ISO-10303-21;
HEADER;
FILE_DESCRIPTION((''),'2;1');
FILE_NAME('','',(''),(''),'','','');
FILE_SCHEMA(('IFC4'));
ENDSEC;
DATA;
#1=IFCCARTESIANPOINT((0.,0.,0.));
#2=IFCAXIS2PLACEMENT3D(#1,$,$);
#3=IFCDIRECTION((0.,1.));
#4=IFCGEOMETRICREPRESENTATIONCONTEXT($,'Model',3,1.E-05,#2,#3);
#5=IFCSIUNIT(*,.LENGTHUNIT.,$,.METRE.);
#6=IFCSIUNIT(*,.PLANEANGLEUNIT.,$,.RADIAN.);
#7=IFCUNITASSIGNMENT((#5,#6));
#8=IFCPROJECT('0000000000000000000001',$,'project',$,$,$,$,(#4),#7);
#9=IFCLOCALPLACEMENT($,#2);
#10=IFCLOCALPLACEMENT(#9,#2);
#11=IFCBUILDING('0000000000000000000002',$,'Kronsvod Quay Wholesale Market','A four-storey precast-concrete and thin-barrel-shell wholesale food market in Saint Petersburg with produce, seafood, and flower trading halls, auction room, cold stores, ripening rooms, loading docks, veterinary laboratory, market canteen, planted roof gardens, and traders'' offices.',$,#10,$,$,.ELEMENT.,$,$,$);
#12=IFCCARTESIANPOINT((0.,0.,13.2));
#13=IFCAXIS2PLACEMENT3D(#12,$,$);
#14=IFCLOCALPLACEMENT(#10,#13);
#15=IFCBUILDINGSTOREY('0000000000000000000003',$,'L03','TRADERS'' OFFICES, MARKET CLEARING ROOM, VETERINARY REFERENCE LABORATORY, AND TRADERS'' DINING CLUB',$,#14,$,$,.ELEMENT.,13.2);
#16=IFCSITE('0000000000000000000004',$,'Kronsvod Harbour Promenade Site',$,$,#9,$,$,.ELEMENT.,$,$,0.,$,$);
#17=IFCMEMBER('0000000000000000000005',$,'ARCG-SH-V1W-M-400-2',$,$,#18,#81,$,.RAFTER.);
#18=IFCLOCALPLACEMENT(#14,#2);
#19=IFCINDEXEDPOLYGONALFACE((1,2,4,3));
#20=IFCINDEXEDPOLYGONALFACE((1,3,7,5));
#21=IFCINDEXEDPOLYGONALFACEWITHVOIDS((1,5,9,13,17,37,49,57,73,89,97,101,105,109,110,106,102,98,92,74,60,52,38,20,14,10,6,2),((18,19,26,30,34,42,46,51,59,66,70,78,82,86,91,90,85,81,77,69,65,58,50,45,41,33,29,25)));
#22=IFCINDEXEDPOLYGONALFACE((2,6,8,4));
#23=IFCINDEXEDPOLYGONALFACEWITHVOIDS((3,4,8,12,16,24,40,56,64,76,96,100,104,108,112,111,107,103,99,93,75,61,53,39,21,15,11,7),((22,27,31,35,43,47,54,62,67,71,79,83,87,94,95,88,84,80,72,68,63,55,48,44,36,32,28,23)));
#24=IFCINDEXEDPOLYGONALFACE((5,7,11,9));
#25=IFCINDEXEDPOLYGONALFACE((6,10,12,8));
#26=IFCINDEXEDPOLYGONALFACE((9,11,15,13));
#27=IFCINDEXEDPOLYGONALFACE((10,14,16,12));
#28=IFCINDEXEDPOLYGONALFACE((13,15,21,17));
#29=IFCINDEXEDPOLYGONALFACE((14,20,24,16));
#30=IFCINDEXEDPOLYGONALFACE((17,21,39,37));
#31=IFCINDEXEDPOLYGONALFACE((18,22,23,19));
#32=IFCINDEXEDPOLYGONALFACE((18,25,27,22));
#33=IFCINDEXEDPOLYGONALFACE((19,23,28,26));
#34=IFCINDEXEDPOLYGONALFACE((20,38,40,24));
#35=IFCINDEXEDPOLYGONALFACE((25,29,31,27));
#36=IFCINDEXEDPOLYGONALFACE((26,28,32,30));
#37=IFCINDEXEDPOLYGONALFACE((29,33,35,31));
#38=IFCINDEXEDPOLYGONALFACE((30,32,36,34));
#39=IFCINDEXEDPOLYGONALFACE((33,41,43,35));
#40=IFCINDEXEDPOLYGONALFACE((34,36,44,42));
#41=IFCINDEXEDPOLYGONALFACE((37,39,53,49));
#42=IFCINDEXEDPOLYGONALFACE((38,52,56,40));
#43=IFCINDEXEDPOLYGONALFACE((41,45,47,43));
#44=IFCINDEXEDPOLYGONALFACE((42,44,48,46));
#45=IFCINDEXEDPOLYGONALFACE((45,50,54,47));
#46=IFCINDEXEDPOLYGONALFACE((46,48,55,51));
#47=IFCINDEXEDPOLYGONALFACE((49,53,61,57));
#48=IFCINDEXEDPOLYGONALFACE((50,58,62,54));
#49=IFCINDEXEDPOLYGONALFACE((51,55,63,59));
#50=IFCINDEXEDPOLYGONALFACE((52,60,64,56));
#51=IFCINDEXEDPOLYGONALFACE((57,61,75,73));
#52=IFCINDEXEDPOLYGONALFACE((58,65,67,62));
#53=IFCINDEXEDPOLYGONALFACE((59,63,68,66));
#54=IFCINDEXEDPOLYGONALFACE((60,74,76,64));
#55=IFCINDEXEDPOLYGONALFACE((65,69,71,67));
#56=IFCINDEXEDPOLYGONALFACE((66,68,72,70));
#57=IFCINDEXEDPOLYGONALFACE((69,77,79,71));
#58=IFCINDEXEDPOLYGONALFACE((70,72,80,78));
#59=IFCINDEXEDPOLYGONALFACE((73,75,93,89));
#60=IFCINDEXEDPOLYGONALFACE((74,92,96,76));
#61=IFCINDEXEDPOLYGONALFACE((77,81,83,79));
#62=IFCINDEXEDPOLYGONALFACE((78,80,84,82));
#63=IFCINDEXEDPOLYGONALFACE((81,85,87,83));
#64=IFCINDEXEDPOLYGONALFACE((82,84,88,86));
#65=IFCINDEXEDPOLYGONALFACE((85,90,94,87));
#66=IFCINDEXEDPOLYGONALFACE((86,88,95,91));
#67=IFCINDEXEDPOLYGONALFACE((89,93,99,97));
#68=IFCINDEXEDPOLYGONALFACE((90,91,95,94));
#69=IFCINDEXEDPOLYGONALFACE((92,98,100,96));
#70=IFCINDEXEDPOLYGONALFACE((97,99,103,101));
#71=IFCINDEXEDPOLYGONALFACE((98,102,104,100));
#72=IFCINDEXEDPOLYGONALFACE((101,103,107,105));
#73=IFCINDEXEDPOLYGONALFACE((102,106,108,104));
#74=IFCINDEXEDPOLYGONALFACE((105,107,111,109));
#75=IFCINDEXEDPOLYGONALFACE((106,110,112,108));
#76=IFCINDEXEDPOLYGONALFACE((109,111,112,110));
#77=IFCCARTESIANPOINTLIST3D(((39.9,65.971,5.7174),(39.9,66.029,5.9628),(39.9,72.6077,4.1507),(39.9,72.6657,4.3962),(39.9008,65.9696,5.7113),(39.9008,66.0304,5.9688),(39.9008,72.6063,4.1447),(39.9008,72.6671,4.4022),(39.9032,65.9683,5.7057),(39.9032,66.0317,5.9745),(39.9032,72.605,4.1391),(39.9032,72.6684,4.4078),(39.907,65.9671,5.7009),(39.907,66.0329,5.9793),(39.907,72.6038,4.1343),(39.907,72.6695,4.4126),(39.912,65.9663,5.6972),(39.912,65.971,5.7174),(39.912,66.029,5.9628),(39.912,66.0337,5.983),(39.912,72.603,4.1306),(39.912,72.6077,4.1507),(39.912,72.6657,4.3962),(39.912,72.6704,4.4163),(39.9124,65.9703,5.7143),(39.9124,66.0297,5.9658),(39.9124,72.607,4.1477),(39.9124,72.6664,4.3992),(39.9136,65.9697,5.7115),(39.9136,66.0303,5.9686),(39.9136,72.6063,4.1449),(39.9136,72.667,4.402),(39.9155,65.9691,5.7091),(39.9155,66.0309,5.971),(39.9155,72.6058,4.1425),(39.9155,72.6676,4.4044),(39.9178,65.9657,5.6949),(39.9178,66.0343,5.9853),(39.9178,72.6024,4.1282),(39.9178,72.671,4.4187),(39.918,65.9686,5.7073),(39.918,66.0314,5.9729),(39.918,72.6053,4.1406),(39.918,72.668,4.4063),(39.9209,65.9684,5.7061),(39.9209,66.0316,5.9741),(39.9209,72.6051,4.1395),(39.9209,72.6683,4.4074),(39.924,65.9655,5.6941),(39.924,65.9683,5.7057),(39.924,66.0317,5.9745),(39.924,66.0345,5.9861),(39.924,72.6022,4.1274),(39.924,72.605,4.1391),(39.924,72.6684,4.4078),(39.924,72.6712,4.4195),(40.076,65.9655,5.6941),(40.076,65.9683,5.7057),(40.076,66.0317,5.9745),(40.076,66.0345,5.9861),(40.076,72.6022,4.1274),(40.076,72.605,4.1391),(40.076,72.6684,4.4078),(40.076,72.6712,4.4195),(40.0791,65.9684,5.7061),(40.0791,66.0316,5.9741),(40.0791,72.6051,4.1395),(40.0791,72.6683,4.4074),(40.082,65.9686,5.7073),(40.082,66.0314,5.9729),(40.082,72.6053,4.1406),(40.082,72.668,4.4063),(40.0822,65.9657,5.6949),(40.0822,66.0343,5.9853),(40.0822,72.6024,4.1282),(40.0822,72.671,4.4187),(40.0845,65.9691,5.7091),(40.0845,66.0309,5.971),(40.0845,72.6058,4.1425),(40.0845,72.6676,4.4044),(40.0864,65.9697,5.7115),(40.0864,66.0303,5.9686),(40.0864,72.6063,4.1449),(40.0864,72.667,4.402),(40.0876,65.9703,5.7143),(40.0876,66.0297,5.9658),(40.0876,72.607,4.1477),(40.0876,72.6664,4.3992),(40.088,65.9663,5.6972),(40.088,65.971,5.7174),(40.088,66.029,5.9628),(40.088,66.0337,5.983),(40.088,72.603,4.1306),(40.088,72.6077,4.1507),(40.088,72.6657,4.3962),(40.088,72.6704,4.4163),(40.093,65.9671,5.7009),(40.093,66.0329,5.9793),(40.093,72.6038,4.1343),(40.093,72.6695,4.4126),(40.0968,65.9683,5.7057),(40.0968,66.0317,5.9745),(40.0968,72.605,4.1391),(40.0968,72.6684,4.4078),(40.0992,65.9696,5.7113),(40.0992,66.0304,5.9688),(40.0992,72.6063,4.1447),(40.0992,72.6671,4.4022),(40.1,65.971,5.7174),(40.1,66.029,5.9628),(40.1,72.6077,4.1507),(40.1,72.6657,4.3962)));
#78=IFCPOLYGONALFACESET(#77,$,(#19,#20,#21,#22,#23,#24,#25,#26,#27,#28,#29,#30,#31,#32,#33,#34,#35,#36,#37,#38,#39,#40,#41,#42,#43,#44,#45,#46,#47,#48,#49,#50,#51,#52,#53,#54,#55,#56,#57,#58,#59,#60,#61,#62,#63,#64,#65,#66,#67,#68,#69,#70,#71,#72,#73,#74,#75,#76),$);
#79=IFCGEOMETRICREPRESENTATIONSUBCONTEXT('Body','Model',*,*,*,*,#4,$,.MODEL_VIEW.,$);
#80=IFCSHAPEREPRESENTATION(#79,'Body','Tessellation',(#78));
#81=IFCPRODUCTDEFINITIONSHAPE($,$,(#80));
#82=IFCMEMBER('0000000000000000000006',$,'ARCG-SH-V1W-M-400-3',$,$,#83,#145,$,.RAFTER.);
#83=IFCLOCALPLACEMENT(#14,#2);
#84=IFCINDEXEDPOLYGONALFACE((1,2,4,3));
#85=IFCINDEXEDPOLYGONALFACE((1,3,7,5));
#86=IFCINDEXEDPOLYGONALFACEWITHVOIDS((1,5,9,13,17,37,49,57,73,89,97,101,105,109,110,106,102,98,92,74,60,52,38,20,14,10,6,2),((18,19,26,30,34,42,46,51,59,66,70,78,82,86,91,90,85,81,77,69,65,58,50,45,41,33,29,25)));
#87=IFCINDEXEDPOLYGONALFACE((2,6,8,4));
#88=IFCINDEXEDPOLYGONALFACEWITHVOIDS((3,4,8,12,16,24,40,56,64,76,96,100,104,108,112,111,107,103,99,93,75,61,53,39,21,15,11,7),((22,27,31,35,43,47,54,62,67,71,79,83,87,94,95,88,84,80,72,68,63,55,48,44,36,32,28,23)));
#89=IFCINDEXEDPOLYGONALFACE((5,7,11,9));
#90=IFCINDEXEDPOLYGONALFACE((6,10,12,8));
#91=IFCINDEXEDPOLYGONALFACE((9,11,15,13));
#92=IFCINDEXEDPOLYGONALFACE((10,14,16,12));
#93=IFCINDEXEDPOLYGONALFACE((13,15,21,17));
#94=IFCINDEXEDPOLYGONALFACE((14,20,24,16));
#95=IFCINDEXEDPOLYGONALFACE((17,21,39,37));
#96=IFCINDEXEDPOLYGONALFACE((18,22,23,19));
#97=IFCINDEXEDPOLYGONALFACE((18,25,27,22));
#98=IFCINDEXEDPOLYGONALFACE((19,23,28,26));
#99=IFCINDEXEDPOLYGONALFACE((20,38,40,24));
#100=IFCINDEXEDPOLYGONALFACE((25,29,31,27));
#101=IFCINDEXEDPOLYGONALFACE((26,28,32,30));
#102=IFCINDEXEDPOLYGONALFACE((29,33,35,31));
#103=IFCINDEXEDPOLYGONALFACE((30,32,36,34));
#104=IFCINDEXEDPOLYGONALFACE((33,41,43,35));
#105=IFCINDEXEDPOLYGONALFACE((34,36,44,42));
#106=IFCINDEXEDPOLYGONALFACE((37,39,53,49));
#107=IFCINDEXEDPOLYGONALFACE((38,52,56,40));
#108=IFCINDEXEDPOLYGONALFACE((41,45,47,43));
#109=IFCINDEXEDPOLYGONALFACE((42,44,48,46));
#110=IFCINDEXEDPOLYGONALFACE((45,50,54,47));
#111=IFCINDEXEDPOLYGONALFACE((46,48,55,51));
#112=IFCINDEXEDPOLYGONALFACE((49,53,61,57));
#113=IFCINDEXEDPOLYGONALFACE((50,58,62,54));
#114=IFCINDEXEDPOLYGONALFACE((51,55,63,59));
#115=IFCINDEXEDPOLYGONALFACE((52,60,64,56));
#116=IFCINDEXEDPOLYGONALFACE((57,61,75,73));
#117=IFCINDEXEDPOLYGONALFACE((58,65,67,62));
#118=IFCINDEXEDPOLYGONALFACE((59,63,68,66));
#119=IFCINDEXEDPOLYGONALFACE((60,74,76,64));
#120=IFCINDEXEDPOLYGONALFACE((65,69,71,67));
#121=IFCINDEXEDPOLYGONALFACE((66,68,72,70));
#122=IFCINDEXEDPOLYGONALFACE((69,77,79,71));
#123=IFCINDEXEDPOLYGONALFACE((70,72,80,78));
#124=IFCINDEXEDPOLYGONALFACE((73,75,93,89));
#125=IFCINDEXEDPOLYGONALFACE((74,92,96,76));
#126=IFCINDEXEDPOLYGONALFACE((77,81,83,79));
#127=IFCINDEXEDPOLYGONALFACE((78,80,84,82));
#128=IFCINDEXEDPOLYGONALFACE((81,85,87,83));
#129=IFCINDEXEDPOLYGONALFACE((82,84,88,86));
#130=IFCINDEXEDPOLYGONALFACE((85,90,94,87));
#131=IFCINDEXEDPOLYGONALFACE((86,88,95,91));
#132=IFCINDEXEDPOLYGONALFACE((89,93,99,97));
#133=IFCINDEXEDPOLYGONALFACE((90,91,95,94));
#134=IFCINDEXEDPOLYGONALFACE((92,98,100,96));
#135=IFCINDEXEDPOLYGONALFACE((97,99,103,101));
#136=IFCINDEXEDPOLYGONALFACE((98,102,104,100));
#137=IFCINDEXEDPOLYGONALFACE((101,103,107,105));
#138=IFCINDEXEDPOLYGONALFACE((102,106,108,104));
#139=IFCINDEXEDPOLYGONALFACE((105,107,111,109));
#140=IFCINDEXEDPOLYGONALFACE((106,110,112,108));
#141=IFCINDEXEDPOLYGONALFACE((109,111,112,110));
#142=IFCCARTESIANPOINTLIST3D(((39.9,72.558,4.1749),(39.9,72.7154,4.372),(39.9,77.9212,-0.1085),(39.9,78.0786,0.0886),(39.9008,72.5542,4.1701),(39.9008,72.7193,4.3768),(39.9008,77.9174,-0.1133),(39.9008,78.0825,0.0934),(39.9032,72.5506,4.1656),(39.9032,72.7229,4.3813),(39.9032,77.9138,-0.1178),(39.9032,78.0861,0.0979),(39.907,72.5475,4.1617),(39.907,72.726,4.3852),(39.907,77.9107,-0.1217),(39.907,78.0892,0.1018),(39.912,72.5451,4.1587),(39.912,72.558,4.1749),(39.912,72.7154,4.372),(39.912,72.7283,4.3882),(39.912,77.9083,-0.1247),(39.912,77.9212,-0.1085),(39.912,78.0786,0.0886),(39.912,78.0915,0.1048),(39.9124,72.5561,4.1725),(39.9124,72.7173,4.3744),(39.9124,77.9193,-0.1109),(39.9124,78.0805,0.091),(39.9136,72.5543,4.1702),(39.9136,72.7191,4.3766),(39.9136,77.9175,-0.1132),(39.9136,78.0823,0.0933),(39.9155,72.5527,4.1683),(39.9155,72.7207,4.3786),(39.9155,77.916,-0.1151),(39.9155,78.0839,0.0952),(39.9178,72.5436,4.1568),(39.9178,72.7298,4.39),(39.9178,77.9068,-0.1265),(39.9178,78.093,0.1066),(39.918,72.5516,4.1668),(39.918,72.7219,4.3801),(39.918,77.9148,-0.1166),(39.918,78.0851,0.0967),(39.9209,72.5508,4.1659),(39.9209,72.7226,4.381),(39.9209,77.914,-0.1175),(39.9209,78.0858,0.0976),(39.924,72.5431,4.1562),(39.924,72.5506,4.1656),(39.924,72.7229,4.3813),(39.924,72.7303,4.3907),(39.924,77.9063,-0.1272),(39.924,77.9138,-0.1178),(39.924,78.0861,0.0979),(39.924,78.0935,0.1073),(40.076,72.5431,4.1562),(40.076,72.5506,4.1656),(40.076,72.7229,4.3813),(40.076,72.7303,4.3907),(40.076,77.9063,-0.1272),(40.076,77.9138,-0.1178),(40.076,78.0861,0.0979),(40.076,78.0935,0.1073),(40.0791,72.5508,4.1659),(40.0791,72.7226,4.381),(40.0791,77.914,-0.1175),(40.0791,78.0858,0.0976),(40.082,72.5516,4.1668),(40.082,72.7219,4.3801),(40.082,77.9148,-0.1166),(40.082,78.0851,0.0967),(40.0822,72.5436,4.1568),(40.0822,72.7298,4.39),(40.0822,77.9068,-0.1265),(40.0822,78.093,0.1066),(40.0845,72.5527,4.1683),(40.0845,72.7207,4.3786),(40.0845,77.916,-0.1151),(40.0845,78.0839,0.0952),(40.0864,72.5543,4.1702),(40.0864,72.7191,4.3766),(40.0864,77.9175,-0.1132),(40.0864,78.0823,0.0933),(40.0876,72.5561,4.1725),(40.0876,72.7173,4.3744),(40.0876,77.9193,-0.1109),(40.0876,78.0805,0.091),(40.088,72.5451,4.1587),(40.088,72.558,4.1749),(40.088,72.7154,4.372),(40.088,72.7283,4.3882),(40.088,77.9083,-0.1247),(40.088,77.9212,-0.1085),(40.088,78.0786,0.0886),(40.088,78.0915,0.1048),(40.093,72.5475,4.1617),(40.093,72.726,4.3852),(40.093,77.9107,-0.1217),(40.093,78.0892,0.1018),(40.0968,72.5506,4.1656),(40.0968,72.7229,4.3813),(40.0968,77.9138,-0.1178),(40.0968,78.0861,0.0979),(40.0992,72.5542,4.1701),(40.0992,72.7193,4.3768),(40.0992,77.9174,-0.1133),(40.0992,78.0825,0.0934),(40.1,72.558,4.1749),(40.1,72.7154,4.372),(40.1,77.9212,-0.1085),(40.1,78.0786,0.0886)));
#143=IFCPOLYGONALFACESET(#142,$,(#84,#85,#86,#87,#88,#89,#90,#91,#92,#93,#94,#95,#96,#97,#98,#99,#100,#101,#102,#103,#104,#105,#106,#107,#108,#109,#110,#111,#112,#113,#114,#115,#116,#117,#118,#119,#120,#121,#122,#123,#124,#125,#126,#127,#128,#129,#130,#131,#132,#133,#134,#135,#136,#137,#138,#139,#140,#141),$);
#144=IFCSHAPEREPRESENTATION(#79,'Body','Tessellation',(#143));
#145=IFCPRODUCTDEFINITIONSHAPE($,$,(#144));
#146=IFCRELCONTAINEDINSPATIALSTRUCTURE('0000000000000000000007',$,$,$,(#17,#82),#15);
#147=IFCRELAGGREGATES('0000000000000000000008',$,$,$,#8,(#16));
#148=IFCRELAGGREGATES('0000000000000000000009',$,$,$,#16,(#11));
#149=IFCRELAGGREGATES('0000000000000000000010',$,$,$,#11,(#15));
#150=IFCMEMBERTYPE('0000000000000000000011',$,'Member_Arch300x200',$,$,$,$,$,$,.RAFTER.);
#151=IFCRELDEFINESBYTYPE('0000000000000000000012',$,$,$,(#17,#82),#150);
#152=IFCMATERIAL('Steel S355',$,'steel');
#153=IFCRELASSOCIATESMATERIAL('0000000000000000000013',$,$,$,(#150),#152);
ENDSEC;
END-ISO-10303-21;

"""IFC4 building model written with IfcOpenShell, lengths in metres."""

from ifc_helpers import new_model, si_unit, direction, frame, origin, origin_2d, place, context, subcontext, project, spatial, hollow_rectangle, extrude, material, material_profile, profile_set, type_object, element, save


model = new_model("IFC4")

# Units and contexts
model_context = context("Model", 3, precision=1e-05, world=origin(), true_north=direction((0.0, 1.0)))
body_context = subcontext(model_context, "Body", "Model", "MODEL_VIEW")
ifc_project = project(units=[si_unit("LENGTHUNIT", "METRE"), si_unit("PLANEANGLEUNIT", "RADIAN")], contexts=[model_context])

# Site, building, storey
site_placement = place(None, origin())
site = spatial("IfcSite", under=ifc_project, at=site_placement, Name="Kronsvod Harbour Promenade Site", CompositionType="ELEMENT", RefElevation=0.0)
building_placement = place(site_placement, origin())
building = spatial("IfcBuilding", under=site, at=building_placement, Name="Kronsvod Quay Wholesale Market", Description="A four-storey precast-concrete and thin-barrel-shell wholesale food market in Saint Petersburg with produce, seafood, and flower trading halls, auction room, cold stores, ripening rooms, loading docks, veterinary laboratory, market canteen, planted roof gardens, and traders' offices.", CompositionType="ELEMENT")
storey_placement = place(building_placement, frame((0.0, 0.0, 13.2)))
storey = spatial("IfcBuildingStorey", under=building, at=storey_placement, Name="L03", Description="TRADERS' OFFICES, MARKET CLEARING ROOM, VETERINARY REFERENCE LABORATORY, AND TRADERS' DINING CLUB", CompositionType="ELEMENT", Elevation=13.2)

# Members
ifc_material_1 = material(Name="Steel S355", Category="steel")
ifc_material_profile_1 = material_profile(ifc_material_1, hollow_rectangle(XDim=0.2, YDim=0.3, WallThickness=0.012, InnerFilletRadius=0.012, OuterFilletRadius=0.0239, at=origin_2d()), Name="RHS300x200x12")
ifc_profile_set_1 = profile_set([ifc_material_profile_1], Name="Steel S355")
member_type_1 = type_object("IfcMemberType", Name="Member_Arch300x200", PredefinedType="RAFTER", material=ifc_profile_set_1)
member_1_placement = place(storey_placement, frame((40.0, 66.0, 5.8401), z_axis=(0.0, 0.973251, -0.229744), x_axis=(-1.0, 0.0, 0.0)))
element("IfcMember", 1, at=member_1_placement, inside=storey, type_object=member_type_1, Name="ARCG-SH-V1W-M-400-2", PredefinedType="RAFTER", context=body_context, shape_type="SweptSolid", body=[
    extrude(hollow_rectangle(XDim=0.2, YDim=0.3, WallThickness=0.012, InnerFilletRadius=0.012, OuterFilletRadius=0.0239, at=origin_2d()), origin(), (0.0, 0.0, 1.0), 6.8191),
])
member_2_placement = place(storey_placement, frame((40.0, 72.6367, 4.2734), z_axis=(0.0, 0.781379, -0.624057), x_axis=(-1.0, 0.0, 0.0)))
element("IfcMember", 2, at=member_2_placement, inside=storey, type_object=member_type_1, Name="ARCG-SH-V1W-M-400-3", PredefinedType="RAFTER", context=body_context, shape_type="SweptSolid", body=[
    extrude(hollow_rectangle(XDim=0.2, YDim=0.3, WallThickness=0.012, InnerFilletRadius=0.012, OuterFilletRadius=0.0239, at=origin_2d()), origin(), (0.0, 0.0, 1.0), 6.8638),
])

save(model, "model.ifc")
